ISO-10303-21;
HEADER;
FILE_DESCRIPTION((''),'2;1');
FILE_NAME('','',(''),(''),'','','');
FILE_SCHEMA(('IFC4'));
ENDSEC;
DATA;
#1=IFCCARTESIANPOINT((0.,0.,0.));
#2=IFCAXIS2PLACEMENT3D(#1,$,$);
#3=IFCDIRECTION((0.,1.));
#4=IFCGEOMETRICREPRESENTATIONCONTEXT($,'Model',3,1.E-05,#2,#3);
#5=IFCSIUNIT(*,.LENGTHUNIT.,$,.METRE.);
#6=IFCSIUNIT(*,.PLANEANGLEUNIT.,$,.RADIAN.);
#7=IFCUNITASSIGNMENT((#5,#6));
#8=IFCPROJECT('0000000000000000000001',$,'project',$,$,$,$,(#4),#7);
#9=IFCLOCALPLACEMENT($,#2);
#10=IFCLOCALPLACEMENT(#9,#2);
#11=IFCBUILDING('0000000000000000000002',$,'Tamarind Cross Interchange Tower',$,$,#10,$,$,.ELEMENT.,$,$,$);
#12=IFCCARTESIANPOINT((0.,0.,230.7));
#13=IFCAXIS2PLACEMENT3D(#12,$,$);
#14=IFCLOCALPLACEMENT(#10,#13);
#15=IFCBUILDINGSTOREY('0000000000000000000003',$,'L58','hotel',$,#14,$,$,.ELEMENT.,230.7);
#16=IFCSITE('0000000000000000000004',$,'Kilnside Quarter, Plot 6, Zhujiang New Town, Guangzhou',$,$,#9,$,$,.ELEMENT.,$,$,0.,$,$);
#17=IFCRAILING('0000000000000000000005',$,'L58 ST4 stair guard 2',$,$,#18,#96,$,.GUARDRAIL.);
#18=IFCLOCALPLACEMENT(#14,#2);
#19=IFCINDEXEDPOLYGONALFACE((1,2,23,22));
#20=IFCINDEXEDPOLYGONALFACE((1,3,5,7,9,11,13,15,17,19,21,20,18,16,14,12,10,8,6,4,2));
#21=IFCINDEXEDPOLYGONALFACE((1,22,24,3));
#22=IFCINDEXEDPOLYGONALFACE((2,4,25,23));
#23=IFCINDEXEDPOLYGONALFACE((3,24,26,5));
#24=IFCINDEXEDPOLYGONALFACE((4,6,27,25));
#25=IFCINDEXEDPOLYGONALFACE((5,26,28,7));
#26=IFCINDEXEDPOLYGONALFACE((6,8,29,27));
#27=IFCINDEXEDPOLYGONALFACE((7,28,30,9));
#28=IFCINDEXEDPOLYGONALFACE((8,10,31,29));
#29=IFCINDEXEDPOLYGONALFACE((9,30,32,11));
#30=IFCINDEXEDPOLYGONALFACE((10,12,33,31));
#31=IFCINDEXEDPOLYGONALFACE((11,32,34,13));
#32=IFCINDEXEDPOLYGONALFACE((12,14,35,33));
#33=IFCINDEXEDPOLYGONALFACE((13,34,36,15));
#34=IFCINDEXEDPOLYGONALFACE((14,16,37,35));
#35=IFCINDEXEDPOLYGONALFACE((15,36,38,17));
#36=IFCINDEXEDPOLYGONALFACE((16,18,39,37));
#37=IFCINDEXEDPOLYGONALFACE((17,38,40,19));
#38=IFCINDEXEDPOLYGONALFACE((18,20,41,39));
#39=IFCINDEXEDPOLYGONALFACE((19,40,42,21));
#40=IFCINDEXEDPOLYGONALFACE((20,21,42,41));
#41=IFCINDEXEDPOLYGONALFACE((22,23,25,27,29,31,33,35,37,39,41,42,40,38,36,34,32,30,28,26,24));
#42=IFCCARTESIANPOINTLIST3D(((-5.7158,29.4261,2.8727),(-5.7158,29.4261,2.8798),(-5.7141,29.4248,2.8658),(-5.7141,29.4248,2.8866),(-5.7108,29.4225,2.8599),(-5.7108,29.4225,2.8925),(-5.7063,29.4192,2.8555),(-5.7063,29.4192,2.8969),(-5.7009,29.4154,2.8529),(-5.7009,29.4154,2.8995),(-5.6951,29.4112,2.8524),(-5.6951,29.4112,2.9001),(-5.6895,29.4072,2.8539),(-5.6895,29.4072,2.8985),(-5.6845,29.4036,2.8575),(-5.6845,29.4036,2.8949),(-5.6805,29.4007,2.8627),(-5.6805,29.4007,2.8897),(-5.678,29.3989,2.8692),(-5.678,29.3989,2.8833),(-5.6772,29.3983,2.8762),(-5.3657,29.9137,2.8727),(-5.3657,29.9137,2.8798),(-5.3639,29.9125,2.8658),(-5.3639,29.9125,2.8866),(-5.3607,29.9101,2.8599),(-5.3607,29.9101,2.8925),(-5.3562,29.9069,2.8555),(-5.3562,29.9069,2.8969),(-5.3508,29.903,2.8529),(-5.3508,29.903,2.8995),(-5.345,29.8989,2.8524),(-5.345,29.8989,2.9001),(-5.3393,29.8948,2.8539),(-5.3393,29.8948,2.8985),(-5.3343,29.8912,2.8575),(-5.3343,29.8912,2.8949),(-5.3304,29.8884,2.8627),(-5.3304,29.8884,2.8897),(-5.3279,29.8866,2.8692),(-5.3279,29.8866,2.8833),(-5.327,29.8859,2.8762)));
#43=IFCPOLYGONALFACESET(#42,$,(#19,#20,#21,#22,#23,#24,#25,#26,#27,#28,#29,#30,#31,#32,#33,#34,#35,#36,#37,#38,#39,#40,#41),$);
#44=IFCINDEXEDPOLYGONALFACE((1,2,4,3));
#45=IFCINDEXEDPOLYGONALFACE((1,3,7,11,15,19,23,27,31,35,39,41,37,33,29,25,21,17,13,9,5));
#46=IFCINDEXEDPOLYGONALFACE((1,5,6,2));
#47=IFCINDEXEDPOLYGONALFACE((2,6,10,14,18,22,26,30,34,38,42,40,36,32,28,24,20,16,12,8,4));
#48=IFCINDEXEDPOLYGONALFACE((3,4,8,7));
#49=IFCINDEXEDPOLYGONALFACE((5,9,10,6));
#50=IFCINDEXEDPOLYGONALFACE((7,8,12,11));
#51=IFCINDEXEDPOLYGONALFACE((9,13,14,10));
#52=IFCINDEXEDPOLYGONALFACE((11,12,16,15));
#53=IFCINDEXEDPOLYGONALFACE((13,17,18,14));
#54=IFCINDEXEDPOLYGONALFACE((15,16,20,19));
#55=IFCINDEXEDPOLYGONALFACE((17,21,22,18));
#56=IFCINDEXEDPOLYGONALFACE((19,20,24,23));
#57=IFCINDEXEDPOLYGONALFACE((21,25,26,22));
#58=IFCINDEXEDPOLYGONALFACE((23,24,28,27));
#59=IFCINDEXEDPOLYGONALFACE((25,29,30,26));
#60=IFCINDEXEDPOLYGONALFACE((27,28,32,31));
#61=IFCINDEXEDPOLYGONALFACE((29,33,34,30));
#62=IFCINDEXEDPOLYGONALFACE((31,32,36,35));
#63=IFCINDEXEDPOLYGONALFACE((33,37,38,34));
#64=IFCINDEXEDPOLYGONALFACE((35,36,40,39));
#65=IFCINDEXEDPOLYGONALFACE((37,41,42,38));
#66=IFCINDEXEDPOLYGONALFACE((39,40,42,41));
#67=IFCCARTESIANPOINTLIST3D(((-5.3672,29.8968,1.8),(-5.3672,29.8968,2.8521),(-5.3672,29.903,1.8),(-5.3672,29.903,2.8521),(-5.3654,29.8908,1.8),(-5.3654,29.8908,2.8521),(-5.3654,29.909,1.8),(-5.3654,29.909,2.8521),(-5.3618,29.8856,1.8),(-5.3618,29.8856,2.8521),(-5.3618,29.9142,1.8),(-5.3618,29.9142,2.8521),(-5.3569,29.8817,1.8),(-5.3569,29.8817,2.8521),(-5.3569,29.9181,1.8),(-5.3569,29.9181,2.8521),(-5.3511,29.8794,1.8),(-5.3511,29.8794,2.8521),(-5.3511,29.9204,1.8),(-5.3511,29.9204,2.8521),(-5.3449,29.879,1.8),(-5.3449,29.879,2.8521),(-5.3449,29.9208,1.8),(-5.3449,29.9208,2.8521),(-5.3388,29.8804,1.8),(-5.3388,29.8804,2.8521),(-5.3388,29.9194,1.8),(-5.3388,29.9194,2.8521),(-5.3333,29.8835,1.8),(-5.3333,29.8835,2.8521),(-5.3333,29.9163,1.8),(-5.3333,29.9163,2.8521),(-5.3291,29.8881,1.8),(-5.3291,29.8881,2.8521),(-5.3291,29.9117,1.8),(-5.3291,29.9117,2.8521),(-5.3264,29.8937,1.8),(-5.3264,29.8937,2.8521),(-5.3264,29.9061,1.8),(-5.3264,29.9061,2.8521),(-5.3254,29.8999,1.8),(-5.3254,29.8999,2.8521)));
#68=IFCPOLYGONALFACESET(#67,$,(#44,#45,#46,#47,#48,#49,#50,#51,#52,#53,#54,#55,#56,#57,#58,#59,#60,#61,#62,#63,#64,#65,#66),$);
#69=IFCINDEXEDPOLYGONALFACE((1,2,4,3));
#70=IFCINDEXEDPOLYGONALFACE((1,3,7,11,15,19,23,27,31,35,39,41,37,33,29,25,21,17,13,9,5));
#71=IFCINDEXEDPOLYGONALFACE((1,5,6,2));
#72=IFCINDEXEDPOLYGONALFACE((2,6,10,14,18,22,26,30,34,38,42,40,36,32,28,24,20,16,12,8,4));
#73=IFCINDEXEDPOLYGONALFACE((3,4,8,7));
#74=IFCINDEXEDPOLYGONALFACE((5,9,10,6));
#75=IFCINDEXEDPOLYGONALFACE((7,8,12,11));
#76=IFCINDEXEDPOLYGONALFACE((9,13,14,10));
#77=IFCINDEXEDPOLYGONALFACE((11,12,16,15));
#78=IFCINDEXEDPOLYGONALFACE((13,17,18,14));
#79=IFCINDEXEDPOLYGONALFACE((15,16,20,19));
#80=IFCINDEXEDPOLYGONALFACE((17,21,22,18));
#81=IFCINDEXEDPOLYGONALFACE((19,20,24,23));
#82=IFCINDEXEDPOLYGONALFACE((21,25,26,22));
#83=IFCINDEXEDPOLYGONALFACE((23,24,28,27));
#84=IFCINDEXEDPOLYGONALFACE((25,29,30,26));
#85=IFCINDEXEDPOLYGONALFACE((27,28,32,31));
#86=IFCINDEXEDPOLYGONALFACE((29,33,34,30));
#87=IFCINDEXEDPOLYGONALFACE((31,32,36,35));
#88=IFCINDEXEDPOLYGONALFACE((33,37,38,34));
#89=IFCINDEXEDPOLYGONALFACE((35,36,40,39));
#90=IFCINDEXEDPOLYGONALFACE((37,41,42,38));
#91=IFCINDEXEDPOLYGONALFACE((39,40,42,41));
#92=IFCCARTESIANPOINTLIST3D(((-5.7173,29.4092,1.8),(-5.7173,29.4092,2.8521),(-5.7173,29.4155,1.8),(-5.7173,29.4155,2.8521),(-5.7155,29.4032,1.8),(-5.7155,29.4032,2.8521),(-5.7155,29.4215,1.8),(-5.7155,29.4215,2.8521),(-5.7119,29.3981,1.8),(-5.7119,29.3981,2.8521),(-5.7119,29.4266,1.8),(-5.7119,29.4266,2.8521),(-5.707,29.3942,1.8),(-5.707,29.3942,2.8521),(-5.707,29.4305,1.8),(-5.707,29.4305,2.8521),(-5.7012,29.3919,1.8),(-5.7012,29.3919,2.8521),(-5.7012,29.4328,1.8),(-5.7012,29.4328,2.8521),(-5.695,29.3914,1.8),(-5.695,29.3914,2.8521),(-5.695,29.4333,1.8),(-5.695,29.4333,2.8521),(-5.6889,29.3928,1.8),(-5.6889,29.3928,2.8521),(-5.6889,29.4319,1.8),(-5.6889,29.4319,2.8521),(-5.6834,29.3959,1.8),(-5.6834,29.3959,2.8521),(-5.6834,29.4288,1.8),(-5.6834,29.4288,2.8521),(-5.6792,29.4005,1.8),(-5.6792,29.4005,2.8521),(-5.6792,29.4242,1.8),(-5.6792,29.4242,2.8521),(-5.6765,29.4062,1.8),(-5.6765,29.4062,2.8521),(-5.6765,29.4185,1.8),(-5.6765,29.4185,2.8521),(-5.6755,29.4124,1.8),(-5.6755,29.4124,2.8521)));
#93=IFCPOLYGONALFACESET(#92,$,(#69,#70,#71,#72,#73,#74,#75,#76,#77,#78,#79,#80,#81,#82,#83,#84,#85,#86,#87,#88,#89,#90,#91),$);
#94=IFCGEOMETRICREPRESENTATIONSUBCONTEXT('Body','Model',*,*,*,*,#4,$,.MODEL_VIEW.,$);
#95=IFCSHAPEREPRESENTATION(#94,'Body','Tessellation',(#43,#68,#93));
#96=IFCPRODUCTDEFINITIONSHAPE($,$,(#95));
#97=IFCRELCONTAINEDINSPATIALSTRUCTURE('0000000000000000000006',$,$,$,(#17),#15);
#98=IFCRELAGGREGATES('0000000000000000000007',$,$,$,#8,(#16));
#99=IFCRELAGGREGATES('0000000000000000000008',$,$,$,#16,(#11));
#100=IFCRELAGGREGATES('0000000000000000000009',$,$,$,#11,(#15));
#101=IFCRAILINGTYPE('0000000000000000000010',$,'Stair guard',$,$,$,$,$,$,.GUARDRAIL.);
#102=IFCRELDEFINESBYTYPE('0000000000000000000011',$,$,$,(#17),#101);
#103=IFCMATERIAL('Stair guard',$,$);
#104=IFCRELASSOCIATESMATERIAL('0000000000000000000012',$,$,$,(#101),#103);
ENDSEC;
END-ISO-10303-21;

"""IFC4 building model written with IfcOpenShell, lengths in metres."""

from ifc_helpers import new_model, si_unit, direction, frame, origin, origin_2d, place, context, subcontext, project, spatial, circle, extrude, material, type_object, element, save


model = new_model("IFC4")

# Units and contexts
model_context = context("Model", 3, precision=1e-05, world=origin(), true_north=direction((0.0, 1.0)))
body_context = subcontext(model_context, "Body", "Model", "MODEL_VIEW")
ifc_project = project(units=[si_unit("LENGTHUNIT", "METRE"), si_unit("PLANEANGLEUNIT", "RADIAN")], contexts=[model_context])

# Site, building, storey
site_placement = place(None, origin())
site = spatial("IfcSite", under=ifc_project, at=site_placement, Name="Kilnside Quarter, Plot 6, Zhujiang New Town, Guangzhou", CompositionType="ELEMENT", RefElevation=0.0)
building_placement = place(site_placement, origin())
building = spatial("IfcBuilding", under=site, at=building_placement, Name="Tamarind Cross Interchange Tower", CompositionType="ELEMENT")
storey_placement = place(building_placement, frame((0.0, 0.0, 230.7)))
storey = spatial("IfcBuildingStorey", under=building, at=storey_placement, Name="L58", Description="hotel", CompositionType="ELEMENT", Elevation=230.7)

# Railing
ifc_material_1 = material(Name="Stair guard")
railing_type_1 = type_object("IfcRailingType", Name="Stair guard", PredefinedType="GUARDRAIL", material=ifc_material_1)
railing_1_placement = place(storey_placement, frame((-5.3464, 29.8999, 1.8)))
element("IfcRailing", 1, at=railing_1_placement, inside=storey, type_object=railing_type_1, Name="L58 ST4 stair guard 2", PredefinedType="GUARDRAIL", context=body_context, shape_type="SweptSolid", body=[
    extrude(circle(Radius=0.0239, at=origin_2d()), frame((0.0, 0.0, 1.0762), z_axis=(-0.583276, -0.812274, 0.0), x_axis=(0.812274, -0.583276, 0.0)), (0.0, 0.0, 1.0), 0.6003),
    extrude(circle(Radius=0.021, at=origin_2d()), origin(), (0.0, 0.0, 1.0), 1.052),
    extrude(circle(Radius=0.021, at=origin_2d()), frame((-0.3501, -0.4875, 0.0)), (0.0, 0.0, 1.0), 1.052),
])

save(model, "model.ifc")
